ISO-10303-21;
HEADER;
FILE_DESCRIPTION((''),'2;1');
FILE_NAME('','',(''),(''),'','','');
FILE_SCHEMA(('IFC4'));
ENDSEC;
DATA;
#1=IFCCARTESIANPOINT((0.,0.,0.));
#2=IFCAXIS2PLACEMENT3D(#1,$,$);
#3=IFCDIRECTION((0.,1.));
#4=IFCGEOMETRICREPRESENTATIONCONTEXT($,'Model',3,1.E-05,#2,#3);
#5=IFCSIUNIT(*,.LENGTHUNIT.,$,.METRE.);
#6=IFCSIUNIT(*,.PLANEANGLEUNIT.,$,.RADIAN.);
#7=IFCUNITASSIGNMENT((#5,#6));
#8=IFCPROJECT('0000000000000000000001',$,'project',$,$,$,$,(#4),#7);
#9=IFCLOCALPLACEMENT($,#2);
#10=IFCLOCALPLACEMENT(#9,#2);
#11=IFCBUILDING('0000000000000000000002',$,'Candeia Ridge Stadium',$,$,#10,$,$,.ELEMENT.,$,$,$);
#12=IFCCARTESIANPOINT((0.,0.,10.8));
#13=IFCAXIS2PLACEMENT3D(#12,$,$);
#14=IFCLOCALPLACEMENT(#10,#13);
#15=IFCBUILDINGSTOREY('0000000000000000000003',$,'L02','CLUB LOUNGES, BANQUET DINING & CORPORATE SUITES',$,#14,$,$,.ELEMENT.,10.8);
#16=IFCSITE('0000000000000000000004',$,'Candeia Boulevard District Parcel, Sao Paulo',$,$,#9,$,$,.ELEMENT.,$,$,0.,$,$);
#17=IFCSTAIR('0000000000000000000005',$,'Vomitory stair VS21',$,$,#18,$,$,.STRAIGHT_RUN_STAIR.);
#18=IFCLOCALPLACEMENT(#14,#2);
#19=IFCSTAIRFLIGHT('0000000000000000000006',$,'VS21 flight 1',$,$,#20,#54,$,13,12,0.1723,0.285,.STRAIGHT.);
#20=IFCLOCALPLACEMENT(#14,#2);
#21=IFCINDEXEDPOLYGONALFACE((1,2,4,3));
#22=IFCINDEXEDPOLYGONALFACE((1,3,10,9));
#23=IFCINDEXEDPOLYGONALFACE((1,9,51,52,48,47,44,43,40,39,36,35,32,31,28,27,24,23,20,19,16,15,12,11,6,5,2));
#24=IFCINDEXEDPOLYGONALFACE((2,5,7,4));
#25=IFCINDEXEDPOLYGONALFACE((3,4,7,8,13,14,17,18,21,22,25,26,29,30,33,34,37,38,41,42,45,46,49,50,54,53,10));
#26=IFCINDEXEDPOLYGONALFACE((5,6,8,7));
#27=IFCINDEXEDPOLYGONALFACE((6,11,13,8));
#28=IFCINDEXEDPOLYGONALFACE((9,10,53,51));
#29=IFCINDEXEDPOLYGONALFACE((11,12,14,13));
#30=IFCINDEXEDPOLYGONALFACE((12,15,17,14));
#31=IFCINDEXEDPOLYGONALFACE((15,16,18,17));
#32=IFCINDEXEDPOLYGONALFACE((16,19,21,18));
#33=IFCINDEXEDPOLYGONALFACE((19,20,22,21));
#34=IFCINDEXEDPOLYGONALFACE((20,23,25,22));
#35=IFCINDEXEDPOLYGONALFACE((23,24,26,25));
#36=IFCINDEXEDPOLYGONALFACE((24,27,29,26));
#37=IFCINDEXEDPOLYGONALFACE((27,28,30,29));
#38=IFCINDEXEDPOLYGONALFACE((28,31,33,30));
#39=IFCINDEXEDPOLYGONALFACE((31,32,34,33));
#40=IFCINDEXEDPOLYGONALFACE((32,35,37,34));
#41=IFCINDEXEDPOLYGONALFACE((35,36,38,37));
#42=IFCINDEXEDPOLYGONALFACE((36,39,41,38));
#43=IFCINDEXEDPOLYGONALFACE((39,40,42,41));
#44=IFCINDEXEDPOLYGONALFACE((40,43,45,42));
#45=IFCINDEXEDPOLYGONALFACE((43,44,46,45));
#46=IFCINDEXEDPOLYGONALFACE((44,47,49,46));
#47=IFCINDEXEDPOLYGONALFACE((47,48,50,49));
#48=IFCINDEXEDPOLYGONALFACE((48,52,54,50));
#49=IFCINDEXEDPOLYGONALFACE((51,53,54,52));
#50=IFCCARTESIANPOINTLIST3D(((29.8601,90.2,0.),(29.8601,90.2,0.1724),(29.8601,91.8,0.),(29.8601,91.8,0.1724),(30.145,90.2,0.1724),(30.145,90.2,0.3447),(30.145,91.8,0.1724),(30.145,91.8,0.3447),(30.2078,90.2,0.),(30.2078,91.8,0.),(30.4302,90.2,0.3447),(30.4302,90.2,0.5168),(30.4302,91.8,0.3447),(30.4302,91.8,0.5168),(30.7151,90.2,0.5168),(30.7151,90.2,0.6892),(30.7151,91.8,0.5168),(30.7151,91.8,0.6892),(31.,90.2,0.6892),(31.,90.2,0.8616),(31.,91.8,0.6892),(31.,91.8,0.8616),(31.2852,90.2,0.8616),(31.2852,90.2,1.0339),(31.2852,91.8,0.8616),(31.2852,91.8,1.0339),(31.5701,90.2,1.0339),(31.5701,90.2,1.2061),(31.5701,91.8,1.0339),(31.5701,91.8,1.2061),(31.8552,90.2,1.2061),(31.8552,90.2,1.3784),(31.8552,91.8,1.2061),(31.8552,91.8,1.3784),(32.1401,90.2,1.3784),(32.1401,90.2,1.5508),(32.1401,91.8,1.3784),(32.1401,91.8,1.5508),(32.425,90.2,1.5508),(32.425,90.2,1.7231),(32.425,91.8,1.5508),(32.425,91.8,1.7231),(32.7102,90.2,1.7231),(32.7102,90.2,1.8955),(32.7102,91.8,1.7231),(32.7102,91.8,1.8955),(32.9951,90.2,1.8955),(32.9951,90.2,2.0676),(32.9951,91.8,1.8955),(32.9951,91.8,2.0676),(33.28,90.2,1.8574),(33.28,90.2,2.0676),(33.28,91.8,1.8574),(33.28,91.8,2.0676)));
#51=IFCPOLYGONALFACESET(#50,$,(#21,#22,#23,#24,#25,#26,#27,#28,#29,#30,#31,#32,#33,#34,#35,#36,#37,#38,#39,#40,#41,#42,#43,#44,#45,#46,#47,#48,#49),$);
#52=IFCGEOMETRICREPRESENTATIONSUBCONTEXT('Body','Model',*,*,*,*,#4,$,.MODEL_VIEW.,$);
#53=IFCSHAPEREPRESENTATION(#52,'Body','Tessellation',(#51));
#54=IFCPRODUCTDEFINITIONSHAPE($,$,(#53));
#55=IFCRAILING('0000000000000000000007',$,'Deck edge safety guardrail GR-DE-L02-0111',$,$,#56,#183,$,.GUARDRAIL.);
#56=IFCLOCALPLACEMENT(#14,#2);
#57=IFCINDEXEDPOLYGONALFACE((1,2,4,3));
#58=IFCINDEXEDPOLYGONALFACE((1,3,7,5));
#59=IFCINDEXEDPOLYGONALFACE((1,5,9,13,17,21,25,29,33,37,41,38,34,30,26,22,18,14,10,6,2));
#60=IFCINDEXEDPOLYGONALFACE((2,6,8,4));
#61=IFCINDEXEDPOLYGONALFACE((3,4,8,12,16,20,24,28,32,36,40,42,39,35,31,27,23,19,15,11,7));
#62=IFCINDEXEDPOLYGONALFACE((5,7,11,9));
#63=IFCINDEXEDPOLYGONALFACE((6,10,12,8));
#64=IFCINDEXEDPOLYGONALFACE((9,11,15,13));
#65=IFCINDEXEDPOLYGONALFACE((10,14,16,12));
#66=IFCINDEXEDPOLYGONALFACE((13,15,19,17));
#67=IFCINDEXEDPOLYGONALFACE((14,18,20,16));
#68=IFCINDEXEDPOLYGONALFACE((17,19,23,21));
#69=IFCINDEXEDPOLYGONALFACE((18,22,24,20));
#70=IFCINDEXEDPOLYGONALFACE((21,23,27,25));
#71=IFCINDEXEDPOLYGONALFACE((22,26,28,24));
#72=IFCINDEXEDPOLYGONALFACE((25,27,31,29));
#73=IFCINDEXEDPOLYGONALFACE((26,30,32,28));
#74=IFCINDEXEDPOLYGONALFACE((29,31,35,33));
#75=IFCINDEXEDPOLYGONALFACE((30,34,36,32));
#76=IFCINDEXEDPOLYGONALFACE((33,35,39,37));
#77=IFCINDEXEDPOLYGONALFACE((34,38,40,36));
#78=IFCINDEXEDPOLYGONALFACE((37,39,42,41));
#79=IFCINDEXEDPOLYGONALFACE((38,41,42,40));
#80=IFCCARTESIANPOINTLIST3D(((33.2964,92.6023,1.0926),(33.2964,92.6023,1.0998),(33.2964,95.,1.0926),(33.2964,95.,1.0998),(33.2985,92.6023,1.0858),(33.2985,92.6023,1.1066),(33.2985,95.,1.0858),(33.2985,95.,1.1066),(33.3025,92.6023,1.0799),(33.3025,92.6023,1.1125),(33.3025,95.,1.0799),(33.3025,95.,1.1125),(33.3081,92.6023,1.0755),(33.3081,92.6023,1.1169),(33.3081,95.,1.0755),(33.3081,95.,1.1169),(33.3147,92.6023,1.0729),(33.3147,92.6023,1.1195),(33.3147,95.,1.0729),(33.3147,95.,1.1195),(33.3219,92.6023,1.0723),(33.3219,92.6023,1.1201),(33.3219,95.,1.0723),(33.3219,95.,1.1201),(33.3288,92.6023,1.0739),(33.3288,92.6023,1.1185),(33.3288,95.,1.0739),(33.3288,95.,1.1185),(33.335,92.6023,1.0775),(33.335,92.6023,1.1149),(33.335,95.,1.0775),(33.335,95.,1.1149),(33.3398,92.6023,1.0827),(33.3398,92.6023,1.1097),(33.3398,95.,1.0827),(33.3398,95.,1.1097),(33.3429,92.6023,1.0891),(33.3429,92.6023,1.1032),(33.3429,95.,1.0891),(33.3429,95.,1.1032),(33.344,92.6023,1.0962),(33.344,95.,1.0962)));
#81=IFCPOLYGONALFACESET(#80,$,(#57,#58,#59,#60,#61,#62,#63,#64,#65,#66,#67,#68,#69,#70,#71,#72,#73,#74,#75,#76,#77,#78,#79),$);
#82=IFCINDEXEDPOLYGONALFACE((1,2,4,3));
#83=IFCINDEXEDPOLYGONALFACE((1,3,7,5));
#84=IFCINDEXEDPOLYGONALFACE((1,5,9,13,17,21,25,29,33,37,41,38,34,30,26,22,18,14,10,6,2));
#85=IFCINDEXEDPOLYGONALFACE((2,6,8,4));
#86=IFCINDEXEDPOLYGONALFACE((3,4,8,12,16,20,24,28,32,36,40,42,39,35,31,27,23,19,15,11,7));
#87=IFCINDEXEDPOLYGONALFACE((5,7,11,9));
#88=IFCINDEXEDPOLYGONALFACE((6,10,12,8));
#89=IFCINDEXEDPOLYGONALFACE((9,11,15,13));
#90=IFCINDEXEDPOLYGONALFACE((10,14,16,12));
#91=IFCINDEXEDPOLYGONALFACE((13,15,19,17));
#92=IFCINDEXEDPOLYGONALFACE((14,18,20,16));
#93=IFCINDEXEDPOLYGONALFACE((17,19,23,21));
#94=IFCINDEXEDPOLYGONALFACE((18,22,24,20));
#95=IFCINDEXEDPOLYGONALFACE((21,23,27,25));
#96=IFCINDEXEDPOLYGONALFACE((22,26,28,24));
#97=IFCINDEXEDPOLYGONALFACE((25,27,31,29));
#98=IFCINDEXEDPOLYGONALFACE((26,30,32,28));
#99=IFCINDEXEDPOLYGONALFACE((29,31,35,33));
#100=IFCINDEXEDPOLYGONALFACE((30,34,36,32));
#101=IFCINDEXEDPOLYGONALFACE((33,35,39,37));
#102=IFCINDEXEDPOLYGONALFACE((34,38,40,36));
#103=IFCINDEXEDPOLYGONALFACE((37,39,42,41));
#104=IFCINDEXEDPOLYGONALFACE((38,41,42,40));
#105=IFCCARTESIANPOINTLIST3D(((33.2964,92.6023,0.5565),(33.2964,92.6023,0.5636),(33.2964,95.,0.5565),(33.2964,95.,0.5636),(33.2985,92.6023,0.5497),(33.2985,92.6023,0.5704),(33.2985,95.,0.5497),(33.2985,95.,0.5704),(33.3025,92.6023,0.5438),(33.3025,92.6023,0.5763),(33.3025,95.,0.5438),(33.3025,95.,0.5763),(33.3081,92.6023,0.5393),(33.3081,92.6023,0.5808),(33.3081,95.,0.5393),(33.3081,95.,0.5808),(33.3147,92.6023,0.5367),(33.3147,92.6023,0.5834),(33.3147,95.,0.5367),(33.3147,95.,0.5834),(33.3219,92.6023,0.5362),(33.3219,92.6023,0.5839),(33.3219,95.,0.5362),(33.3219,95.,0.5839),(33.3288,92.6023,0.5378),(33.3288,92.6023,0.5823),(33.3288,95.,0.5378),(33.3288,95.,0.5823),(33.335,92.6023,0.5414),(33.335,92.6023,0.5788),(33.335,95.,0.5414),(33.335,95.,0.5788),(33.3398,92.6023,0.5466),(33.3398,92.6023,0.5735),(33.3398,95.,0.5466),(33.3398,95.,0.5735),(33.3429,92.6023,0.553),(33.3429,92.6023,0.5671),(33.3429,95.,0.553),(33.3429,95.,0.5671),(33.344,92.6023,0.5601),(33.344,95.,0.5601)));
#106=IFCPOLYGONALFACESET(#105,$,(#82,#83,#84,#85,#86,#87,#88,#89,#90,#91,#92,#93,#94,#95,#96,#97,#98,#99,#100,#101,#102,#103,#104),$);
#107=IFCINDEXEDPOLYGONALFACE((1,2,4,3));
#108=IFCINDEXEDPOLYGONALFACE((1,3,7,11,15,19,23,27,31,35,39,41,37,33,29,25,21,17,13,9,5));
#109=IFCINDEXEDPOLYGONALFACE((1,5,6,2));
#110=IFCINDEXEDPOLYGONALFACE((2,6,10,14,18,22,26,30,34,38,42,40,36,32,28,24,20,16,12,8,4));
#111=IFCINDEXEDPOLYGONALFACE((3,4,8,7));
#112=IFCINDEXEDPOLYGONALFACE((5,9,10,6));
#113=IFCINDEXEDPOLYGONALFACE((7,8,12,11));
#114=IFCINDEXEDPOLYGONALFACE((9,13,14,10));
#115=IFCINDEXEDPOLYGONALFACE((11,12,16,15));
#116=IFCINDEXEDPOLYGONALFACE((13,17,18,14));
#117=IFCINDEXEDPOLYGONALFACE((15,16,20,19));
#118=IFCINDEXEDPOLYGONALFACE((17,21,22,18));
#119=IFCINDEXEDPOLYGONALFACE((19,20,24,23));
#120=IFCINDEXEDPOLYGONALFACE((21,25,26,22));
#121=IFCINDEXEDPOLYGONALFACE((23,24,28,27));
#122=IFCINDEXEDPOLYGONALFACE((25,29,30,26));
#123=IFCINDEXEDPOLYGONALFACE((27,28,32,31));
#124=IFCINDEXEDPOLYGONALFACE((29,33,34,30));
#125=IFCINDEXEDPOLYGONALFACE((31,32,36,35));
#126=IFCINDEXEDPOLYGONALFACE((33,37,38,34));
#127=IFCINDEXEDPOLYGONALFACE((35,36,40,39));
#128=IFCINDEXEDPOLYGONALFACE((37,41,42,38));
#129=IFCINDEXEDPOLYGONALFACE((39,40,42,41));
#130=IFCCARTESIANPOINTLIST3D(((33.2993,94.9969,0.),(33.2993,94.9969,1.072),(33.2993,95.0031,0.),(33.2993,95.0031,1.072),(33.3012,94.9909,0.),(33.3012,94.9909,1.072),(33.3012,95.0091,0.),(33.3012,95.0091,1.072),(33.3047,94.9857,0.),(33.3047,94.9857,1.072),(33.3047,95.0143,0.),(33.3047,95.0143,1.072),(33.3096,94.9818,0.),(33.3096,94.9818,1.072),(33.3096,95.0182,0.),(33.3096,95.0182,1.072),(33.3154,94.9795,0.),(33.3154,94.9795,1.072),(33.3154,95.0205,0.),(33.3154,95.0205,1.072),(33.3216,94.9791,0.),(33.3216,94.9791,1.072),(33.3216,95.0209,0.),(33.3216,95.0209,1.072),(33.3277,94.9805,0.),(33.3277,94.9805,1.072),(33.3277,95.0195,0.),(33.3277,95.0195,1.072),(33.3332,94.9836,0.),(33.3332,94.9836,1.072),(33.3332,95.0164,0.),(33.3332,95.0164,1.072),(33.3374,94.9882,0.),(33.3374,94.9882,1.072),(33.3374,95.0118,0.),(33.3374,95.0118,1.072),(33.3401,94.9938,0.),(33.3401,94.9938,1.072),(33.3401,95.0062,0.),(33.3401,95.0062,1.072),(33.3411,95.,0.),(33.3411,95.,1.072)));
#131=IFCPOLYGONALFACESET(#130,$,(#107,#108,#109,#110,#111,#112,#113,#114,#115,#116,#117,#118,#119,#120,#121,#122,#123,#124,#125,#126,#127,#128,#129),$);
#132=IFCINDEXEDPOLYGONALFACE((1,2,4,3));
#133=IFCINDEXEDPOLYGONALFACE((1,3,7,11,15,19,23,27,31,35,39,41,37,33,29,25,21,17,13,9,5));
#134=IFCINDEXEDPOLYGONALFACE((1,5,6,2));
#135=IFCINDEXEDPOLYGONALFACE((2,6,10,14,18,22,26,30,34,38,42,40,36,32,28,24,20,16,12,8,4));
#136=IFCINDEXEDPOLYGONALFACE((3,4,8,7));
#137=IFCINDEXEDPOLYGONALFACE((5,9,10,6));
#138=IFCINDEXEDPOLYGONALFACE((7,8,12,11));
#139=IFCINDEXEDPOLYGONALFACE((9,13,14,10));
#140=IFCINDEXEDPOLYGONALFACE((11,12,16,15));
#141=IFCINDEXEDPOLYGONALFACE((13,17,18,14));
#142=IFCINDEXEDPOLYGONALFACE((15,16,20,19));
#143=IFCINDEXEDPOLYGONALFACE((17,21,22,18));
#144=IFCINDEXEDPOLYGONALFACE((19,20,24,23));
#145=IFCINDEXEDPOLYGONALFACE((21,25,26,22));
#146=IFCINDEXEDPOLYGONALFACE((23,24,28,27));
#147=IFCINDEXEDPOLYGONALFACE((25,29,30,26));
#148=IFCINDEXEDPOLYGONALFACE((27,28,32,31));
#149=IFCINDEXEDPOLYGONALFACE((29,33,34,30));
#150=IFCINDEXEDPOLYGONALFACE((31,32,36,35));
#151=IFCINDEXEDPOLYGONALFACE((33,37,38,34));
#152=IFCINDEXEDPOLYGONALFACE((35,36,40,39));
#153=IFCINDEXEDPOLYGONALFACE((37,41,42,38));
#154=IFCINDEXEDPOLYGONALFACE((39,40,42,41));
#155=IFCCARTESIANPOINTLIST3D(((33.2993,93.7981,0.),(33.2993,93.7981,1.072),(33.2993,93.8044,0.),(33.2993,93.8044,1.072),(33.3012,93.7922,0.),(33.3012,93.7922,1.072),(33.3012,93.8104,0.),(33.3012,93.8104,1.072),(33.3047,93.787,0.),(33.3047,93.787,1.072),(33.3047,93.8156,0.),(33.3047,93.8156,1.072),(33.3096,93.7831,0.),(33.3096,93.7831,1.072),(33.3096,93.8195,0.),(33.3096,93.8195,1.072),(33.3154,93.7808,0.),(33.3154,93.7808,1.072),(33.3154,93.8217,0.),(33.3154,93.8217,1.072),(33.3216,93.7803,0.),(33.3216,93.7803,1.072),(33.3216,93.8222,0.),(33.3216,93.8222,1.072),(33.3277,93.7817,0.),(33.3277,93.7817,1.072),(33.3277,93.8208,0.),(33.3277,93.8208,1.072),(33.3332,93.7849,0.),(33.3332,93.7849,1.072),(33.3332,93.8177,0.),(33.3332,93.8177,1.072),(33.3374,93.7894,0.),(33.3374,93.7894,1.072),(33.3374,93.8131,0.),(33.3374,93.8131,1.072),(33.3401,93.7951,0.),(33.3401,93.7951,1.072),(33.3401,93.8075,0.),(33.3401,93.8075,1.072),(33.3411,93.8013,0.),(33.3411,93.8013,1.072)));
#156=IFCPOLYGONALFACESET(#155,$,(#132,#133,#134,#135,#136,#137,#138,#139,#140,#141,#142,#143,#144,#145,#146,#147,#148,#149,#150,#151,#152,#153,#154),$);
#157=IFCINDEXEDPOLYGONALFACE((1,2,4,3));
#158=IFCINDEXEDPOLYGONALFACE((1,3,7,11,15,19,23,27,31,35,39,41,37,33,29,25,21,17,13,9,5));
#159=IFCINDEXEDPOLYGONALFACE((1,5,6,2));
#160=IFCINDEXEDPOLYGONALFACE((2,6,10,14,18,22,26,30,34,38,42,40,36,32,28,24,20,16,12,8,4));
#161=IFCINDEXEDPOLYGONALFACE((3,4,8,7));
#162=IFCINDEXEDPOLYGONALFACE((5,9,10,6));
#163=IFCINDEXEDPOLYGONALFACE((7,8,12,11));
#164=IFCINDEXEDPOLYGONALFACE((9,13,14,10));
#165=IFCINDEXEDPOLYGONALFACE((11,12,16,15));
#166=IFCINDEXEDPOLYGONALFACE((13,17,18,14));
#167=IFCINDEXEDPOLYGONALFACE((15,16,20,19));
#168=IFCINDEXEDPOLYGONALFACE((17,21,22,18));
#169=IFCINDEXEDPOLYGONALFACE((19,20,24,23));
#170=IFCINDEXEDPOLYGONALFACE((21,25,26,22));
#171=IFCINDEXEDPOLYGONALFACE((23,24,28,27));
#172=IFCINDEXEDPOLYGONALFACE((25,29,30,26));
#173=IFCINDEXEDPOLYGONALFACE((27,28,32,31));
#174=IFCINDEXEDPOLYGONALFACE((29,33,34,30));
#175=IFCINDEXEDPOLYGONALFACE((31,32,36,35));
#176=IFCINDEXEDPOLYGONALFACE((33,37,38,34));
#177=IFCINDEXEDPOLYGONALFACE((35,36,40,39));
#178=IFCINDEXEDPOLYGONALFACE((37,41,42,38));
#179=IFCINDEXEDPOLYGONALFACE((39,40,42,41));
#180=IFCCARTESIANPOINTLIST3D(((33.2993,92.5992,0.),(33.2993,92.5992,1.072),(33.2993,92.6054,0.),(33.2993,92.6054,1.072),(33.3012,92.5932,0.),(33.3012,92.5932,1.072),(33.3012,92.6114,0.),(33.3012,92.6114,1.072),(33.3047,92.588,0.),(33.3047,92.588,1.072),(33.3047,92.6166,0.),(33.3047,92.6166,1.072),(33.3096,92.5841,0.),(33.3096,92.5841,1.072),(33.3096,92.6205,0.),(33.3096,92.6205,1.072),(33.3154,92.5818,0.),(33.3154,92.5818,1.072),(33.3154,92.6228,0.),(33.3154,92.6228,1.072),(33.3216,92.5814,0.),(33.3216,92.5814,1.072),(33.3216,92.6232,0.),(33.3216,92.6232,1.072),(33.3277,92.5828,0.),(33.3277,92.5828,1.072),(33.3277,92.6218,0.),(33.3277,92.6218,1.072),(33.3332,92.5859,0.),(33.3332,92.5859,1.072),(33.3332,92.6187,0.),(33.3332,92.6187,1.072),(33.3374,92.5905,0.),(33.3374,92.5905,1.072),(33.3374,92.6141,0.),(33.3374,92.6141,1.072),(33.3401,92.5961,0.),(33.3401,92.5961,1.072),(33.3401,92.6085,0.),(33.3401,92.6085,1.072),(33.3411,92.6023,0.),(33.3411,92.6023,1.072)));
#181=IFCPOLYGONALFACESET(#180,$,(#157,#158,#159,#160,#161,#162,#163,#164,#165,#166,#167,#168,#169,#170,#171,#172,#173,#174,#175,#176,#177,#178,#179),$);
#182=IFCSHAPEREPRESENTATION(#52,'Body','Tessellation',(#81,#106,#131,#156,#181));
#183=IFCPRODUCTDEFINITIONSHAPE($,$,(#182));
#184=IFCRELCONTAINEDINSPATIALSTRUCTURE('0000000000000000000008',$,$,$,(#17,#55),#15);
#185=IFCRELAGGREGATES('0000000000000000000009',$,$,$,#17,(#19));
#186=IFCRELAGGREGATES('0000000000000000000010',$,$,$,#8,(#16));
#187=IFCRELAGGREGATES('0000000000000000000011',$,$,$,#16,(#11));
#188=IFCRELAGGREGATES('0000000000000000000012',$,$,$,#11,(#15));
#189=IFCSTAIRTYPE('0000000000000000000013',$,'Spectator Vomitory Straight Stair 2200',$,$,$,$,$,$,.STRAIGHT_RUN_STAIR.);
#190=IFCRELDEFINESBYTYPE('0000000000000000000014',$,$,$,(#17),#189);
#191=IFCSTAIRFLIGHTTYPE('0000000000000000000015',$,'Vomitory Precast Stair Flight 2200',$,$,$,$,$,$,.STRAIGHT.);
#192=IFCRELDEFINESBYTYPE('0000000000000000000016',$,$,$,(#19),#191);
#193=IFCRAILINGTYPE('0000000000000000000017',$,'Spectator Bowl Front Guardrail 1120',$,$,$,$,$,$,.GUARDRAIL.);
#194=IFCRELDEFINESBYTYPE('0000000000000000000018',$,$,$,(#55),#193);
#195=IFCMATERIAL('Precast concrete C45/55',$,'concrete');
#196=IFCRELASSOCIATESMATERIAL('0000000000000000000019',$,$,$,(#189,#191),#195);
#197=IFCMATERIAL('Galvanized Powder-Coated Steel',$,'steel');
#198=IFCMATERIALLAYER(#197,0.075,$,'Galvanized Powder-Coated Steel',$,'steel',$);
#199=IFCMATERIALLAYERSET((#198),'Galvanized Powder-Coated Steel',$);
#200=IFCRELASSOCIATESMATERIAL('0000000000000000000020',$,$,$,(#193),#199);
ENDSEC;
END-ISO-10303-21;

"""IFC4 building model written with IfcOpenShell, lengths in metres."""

from ifc_helpers import new_model, si_unit, direction, frame, origin, origin_2d, place, context, subcontext, project, spatial, polyline, circle, outline, extrude, material, layer, layer_set, type_object, element, aggregate, save


model = new_model("IFC4")

# Units and contexts
model_context = context("Model", 3, precision=1e-05, world=origin(), true_north=direction((0.0, 1.0)))
body_context = subcontext(model_context, "Body", "Model", "MODEL_VIEW")
ifc_project = project(units=[si_unit("LENGTHUNIT", "METRE"), si_unit("PLANEANGLEUNIT", "RADIAN")], contexts=[model_context])

# Site, building, storey
site_placement = place(None, origin())
site = spatial("IfcSite", under=ifc_project, at=site_placement, Name="Candeia Boulevard District Parcel, Sao Paulo", CompositionType="ELEMENT", RefElevation=0.0)
building_placement = place(site_placement, origin())
building = spatial("IfcBuilding", under=site, at=building_placement, Name="Candeia Ridge Stadium", CompositionType="ELEMENT")
storey_placement = place(building_placement, frame((0.0, 0.0, 10.8)))
storey = spatial("IfcBuildingStorey", under=building, at=storey_placement, Name="L02", Description="CLUB LOUNGES, BANQUET DINING & CORPORATE SUITES", CompositionType="ELEMENT", Elevation=10.8)

# Stair, stair flight
ifc_material_1 = material(Name="Precast concrete C45/55", Category="concrete")
stair_type = type_object("IfcStairType", Name="Spectator Vomitory Straight Stair 2200", PredefinedType="STRAIGHT_RUN_STAIR", material=ifc_material_1)
stair_placement = place(storey_placement, origin())
stair = element("IfcStair", 1, at=stair_placement, inside=storey, type_object=stair_type, Name="Vomitory stair VS21", PredefinedType="STRAIGHT_RUN_STAIR")
stair_flight_type = type_object("IfcStairFlightType", Name="Vomitory Precast Stair Flight 2200", PredefinedType="STRAIGHT", material=ifc_material_1)
stair_flight_placement = place(storey_placement, frame((29.8601, 91.0, 0.0), z_axis=(0.0, 0.0, 1.0), x_axis=(1.0, 0.0, 0.0)))
stair_flight = element("IfcStairFlight", 2, at=stair_flight_placement, type_object=stair_flight_type, Name="VS21 flight 1", NumberOfRisers=13, NumberOfTreads=12, PredefinedType="STRAIGHT", RiserHeight=0.1723, TreadLength=0.285, context=body_context, shape_type="SweptSolid", body=[
    extrude(outline(polyline([(0.0, 0.0), (0.0, 0.1724), (0.2849, 0.1724), (0.2849, 0.3447), (0.5701, 0.3447), (0.5701, 0.5168), (0.855, 0.5168), (0.855, 0.6892), (1.1399, 0.6892), (1.1399, 0.8616), (1.425, 0.8616), (1.425, 1.0339), (1.71, 1.0339), (1.71, 1.2061), (1.9951, 1.2061), (1.9951, 1.3784), (2.28, 1.3784), (2.28, 1.5508), (2.5649, 1.5508), (2.5649, 1.7231), (2.8501, 1.7231), (2.8501, 1.8955), (3.135, 1.8955), (3.135, 2.0676), (3.4199, 2.0676), (3.4199, 2.24), (3.4199, 1.8574), (0.3477, 0.0), (0.0, 0.0)])), frame((0.0, 0.8, 0.0), z_axis=(0.0, -1.0, 0.0), x_axis=(1.0, 0.0, 0.0)), (0.0, 0.0, 1.0), 1.6001),
])
aggregate(stair, [stair_flight])

# Railing
ifc_material_2 = material(Name="Galvanized Powder-Coated Steel", Category="steel")
ifc_layer_1 = layer(ifc_material_2, 0.075, Name="Galvanized Powder-Coated Steel", Category="steel")
ifc_layer_set_1 = layer_set([ifc_layer_1], Name="Galvanized Powder-Coated Steel")
railing_type_1 = type_object("IfcRailingType", Name="Spectator Bowl Front Guardrail 1120", PredefinedType="GUARDRAIL", material=ifc_layer_set_1)
railing_1_placement = place(storey_placement, frame((33.3201, 95.0, 0.0)))
element("IfcRailing", 3, at=railing_1_placement, inside=storey, type_object=railing_type_1, Name="Deck edge safety guardrail GR-DE-L02-0111", PredefinedType="GUARDRAIL", context=body_context, shape_type="SweptSolid", body=[
    extrude(circle(Radius=0.0239, at=origin_2d()), frame((0.0, 0.0, 1.0962), z_axis=(0.0, -1.0, 0.0), x_axis=(1.0, 0.0, 0.0)), (0.0, 0.0, 1.0), 2.3977),
    extrude(circle(Radius=0.0239, at=origin_2d()), frame((0.0, 0.0, 0.5601), z_axis=(0.0, -1.0, 0.0), x_axis=(1.0, 0.0, 0.0)), (0.0, 0.0, 1.0), 2.3977),
    extrude(circle(Radius=0.021, at=origin_2d()), origin(), (0.0, 0.0, 1.0), 1.072),
    extrude(circle(Radius=0.021, at=origin_2d()), frame((0.0, -1.1987, 0.0)), (0.0, 0.0, 1.0), 1.072),
    extrude(circle(Radius=0.021, at=origin_2d()), frame((0.0, -2.3977, 0.0)), (0.0, 0.0, 1.0), 1.072),
])

save(model, "model.ifc")
